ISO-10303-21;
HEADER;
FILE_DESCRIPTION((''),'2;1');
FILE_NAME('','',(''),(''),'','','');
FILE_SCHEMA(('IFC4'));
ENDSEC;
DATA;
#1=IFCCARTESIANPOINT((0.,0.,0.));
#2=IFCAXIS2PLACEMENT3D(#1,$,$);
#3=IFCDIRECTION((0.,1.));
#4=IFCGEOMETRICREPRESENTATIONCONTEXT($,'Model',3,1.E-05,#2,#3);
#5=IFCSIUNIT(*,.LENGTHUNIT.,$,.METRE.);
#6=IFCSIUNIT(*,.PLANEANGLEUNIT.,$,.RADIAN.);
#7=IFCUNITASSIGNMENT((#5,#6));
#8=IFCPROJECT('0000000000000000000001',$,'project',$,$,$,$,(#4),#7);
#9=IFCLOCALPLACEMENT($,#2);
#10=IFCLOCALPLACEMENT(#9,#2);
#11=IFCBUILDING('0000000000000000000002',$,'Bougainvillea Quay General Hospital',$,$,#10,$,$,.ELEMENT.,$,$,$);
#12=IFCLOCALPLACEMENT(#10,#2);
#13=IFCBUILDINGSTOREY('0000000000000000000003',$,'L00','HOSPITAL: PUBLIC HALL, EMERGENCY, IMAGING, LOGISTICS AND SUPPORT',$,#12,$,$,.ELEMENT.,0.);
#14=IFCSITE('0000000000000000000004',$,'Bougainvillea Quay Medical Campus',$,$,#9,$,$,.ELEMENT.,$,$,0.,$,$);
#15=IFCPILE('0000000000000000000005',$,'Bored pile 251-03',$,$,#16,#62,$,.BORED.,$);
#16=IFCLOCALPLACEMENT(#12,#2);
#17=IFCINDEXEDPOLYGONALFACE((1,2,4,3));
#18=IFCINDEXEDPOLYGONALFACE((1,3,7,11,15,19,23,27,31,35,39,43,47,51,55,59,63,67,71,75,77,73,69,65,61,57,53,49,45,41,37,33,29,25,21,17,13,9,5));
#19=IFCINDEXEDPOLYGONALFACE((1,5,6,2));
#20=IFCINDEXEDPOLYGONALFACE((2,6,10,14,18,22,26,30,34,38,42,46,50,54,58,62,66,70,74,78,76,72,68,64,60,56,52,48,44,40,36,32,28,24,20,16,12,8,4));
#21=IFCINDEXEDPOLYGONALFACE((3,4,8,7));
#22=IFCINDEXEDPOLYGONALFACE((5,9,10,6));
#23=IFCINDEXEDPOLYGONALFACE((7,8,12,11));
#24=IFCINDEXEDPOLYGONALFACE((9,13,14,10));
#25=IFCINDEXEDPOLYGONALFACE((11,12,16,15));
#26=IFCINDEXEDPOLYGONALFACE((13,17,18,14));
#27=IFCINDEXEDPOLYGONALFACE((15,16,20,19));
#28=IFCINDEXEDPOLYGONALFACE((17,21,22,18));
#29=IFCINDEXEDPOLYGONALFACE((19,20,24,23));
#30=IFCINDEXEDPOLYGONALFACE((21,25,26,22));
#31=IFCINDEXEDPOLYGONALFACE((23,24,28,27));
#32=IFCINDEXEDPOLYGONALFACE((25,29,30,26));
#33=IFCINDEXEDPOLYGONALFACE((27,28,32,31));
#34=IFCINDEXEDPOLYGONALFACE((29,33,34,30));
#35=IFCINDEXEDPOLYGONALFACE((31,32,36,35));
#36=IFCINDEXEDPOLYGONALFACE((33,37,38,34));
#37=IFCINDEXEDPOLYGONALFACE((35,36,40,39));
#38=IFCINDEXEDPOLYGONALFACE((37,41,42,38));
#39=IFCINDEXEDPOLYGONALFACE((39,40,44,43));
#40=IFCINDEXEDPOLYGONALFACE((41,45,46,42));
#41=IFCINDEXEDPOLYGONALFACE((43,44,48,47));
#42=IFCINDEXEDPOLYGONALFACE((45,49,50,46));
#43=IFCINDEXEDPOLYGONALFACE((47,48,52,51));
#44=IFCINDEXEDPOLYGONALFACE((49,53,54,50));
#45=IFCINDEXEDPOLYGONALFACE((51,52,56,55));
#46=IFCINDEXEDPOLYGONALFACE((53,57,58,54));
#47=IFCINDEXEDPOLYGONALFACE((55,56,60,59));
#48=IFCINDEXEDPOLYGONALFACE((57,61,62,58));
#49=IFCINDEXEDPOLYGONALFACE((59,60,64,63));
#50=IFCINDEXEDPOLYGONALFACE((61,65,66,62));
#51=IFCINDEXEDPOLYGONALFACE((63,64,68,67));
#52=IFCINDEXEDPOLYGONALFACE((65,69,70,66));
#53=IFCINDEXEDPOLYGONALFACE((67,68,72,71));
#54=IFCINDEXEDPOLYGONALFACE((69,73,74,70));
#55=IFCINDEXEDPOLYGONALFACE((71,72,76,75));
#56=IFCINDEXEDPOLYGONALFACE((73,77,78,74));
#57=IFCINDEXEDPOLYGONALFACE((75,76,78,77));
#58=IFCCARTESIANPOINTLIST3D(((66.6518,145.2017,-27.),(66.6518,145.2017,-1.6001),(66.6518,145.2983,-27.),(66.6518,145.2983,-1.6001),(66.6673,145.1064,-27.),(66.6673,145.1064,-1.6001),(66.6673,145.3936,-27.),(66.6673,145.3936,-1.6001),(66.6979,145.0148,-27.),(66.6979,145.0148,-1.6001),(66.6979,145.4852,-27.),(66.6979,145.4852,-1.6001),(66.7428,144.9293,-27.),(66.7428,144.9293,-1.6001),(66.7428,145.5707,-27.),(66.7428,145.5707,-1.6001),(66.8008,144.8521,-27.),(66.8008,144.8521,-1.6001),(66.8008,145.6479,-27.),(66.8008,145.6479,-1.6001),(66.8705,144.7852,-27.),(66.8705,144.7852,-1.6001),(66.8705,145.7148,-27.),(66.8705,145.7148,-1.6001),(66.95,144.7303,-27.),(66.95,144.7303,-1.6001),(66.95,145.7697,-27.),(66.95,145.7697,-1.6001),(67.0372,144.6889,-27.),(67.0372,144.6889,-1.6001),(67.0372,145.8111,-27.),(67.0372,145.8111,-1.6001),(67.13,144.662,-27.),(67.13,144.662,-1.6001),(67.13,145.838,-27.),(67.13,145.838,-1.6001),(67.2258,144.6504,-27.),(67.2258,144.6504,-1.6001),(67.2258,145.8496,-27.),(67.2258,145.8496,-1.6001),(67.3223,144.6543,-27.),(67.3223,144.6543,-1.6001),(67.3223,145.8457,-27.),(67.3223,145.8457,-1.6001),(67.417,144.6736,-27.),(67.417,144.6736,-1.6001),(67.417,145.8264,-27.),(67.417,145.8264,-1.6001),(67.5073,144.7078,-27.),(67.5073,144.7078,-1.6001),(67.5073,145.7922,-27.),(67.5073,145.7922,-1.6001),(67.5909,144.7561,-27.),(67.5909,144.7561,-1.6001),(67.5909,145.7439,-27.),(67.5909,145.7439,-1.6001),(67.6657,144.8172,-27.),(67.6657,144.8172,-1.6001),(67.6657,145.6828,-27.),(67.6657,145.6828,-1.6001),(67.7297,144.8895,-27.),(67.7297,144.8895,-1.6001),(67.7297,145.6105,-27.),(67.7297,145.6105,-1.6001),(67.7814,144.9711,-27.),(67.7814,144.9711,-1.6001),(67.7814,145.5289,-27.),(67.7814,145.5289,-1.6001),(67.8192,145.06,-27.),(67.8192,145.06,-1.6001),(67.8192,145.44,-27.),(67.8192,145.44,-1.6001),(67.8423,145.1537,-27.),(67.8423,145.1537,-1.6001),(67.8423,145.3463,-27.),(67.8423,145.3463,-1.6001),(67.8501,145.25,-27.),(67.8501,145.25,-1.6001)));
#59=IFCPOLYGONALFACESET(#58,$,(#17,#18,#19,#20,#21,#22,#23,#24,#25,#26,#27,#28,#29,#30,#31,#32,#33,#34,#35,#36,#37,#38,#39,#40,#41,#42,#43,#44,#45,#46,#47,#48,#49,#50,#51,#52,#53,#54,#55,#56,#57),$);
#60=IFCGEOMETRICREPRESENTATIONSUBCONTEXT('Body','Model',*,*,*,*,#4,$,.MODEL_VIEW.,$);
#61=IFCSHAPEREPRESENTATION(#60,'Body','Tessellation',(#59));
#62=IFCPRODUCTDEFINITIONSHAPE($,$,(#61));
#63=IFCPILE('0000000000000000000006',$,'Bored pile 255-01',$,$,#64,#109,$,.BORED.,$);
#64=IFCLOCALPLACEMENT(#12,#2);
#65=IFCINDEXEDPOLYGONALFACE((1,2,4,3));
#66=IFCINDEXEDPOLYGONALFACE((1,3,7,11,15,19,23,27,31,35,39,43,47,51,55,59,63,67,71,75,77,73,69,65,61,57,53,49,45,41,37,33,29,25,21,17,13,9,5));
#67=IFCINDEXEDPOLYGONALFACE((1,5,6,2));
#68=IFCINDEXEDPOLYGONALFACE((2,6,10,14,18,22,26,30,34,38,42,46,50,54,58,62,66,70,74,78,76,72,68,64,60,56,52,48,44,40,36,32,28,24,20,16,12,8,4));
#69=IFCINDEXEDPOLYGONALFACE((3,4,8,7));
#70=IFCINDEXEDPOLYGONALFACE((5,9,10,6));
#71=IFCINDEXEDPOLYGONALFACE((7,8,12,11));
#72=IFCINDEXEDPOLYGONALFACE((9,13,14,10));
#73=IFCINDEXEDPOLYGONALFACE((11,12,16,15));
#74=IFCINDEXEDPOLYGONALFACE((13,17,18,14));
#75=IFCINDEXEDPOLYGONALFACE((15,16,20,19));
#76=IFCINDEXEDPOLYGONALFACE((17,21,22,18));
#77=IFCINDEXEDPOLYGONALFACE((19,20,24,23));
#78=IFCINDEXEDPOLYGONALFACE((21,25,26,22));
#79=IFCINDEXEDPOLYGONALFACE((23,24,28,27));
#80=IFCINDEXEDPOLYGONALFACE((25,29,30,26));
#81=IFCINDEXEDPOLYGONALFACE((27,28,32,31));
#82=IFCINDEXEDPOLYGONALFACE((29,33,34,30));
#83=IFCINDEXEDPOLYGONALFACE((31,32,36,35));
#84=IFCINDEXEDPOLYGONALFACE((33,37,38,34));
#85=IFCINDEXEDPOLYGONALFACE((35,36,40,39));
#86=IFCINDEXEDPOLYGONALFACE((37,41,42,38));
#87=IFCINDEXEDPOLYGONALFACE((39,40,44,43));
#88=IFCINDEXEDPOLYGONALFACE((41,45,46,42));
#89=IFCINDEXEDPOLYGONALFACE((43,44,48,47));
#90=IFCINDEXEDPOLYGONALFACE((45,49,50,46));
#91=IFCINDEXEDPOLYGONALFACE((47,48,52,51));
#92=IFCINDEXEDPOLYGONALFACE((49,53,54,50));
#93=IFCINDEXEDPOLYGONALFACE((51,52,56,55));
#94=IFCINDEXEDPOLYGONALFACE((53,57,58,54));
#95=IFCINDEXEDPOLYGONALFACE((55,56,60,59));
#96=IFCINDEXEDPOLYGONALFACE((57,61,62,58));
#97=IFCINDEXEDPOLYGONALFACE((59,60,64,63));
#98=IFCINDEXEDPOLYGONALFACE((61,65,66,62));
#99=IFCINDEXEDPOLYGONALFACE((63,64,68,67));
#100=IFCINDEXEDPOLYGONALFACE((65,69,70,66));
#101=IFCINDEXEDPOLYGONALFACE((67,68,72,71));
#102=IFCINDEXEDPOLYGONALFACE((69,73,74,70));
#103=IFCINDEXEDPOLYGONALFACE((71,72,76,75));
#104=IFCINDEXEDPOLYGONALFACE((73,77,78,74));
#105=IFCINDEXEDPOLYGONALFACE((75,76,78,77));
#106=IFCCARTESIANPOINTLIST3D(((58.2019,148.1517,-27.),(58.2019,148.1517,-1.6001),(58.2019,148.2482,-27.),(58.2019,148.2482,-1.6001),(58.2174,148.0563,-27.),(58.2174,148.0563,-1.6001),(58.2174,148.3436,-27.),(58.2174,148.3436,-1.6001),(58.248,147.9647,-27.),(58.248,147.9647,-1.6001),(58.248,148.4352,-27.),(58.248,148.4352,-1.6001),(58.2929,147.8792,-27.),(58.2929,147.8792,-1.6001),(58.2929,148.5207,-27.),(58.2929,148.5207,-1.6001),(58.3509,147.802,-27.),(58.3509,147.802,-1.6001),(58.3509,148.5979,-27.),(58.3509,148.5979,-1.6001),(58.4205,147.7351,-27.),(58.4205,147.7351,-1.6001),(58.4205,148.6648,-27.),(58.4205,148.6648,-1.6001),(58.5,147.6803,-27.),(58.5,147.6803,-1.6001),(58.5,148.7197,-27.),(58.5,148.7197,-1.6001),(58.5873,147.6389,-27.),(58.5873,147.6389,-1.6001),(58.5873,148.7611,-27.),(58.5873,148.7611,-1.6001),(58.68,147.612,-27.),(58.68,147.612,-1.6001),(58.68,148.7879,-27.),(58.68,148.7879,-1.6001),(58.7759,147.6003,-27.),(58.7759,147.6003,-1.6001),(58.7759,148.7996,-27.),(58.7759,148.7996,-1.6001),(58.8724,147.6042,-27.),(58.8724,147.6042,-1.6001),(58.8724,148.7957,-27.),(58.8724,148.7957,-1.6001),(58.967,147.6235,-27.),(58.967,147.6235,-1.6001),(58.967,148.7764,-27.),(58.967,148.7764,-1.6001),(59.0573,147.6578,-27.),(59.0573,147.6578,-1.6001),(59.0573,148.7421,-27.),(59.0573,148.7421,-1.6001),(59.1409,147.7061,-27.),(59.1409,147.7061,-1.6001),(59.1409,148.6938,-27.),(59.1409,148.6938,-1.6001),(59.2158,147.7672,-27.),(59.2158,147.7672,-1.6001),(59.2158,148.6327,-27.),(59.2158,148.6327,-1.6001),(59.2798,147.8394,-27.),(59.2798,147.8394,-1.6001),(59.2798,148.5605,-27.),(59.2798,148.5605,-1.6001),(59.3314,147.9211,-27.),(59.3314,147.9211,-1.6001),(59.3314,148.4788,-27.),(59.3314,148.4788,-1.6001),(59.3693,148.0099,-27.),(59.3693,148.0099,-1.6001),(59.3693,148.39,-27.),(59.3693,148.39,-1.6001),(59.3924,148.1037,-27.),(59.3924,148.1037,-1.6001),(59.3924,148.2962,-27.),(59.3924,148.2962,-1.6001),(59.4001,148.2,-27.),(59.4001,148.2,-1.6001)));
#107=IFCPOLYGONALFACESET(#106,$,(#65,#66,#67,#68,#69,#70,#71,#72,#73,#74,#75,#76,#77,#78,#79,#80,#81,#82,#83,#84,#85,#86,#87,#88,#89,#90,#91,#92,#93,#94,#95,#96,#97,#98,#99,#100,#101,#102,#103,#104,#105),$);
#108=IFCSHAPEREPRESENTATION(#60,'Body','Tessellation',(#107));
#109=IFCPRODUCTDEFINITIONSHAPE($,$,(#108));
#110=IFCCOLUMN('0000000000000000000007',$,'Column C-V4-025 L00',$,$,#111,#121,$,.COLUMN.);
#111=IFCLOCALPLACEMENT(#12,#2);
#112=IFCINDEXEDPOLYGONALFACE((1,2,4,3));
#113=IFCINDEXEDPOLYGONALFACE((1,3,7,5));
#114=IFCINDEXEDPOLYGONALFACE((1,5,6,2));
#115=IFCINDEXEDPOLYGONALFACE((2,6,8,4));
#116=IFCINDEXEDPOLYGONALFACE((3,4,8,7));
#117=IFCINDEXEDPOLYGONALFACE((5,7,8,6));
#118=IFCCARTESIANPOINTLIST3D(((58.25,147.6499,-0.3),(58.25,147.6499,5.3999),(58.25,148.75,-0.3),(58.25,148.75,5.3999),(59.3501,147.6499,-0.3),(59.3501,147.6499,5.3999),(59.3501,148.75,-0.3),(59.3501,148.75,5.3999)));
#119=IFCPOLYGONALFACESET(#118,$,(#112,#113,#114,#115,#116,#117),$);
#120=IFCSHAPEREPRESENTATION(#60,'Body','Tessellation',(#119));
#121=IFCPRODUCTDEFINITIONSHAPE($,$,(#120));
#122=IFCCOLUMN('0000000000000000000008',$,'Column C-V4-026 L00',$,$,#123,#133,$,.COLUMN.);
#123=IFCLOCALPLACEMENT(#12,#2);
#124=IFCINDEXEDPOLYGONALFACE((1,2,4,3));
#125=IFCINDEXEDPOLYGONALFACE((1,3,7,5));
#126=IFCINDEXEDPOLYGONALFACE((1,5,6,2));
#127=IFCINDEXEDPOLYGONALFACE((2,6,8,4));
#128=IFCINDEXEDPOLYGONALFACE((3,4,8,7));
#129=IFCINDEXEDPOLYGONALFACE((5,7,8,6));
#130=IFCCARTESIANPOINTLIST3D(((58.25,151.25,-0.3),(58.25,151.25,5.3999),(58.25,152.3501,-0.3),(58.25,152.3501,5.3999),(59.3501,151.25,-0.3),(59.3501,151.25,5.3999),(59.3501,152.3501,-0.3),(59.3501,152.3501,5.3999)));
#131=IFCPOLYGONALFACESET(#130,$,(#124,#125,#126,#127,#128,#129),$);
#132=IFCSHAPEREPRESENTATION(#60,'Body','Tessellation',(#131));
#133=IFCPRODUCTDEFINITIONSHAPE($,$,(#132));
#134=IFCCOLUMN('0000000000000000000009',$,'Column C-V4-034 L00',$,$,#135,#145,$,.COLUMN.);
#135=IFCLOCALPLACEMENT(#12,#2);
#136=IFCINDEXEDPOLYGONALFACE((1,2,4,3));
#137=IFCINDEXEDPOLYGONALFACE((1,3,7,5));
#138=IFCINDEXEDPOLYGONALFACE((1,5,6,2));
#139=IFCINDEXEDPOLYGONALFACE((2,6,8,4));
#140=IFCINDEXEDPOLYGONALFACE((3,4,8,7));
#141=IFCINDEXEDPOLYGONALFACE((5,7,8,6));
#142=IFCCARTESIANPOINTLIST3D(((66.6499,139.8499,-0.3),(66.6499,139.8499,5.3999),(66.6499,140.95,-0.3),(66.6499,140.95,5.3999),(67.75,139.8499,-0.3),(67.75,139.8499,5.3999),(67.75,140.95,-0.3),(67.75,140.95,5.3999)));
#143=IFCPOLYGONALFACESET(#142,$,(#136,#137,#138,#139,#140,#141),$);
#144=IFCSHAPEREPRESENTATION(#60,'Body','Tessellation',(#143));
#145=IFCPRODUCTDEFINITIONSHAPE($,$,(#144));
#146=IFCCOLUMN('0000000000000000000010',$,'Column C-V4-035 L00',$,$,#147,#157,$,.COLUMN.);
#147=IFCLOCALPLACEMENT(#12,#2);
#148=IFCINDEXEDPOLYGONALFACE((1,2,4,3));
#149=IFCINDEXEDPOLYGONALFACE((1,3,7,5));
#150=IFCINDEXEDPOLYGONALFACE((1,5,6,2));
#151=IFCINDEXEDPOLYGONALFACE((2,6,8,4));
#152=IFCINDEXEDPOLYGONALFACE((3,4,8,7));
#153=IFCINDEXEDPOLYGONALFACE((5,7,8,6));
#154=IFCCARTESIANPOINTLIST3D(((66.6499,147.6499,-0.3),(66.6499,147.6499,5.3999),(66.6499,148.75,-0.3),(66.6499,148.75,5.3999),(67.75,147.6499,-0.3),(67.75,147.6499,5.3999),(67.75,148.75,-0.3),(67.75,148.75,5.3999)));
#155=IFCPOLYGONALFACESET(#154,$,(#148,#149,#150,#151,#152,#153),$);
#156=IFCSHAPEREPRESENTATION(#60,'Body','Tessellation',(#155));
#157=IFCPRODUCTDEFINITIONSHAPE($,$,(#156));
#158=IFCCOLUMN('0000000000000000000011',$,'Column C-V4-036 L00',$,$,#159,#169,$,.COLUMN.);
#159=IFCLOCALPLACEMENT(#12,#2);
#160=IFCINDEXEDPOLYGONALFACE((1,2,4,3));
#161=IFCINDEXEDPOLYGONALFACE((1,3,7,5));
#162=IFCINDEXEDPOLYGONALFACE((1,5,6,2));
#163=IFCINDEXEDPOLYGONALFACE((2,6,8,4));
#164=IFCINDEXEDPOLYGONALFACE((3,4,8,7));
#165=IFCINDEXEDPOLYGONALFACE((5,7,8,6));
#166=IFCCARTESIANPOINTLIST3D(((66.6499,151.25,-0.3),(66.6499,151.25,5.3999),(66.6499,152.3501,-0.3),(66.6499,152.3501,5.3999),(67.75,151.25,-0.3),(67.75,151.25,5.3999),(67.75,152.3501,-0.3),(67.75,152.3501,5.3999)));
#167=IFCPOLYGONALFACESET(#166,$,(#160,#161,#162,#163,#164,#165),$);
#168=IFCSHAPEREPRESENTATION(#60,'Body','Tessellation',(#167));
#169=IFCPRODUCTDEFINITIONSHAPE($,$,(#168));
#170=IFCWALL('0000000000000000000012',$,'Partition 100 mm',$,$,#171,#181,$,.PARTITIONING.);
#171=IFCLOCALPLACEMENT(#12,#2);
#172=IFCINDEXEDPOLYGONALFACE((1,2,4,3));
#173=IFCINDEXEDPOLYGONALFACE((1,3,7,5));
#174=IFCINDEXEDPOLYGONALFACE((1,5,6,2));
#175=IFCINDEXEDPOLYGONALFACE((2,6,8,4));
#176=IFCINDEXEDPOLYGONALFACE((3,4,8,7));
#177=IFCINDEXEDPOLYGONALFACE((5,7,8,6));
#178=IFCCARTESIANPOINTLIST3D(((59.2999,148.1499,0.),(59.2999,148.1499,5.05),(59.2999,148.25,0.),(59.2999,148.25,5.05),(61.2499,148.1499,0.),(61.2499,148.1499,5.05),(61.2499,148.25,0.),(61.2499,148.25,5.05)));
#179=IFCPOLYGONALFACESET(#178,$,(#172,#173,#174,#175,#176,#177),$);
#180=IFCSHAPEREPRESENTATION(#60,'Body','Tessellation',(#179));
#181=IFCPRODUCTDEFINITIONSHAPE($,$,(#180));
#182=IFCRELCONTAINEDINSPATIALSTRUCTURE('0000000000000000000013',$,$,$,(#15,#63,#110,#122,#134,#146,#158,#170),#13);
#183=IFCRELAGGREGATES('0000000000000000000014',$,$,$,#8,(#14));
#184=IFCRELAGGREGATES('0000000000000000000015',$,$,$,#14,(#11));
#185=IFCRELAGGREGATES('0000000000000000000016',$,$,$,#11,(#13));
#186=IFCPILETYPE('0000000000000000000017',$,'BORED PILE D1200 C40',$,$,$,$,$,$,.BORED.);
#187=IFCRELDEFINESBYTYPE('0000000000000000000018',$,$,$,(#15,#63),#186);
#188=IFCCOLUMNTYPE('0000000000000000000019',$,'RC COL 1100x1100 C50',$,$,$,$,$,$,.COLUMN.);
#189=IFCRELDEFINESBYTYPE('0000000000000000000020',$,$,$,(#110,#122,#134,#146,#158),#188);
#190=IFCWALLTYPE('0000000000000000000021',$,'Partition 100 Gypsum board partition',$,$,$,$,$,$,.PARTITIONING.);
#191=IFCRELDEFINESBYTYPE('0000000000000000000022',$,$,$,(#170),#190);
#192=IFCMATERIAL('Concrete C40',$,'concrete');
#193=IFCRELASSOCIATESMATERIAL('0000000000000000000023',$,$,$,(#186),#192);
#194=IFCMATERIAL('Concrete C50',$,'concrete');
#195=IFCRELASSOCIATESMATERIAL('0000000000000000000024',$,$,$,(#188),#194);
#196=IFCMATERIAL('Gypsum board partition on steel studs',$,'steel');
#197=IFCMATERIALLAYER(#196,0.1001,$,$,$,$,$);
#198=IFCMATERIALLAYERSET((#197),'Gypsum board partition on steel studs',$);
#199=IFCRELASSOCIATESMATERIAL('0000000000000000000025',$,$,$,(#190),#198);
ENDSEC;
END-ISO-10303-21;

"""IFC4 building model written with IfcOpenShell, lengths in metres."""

from ifc_helpers import new_model, si_unit, direction, frame, frame_2d, origin, origin_2d, place, context, subcontext, project, spatial, rectangle, circle, extrude, material, layer, layer_set, material_profile, profile_set, type_object, element, save


model = new_model("IFC4")

# Units and contexts
model_context = context("Model", 3, precision=1e-05, world=origin(), true_north=direction((0.0, 1.0)))
body_context = subcontext(model_context, "Body", "Model", "MODEL_VIEW")
ifc_project = project(units=[si_unit("LENGTHUNIT", "METRE"), si_unit("PLANEANGLEUNIT", "RADIAN")], contexts=[model_context])

# Site, building, storey
site_placement = place(None, origin())
site = spatial("IfcSite", under=ifc_project, at=site_placement, Name="Bougainvillea Quay Medical Campus", CompositionType="ELEMENT", RefElevation=0.0)
building_placement = place(site_placement, origin())
building = spatial("IfcBuilding", under=site, at=building_placement, Name="Bougainvillea Quay General Hospital", CompositionType="ELEMENT")
storey_placement = place(building_placement, origin())
storey = spatial("IfcBuildingStorey", under=building, at=storey_placement, Name="L00", Description="HOSPITAL: PUBLIC HALL, EMERGENCY, IMAGING, LOGISTICS AND SUPPORT", CompositionType="ELEMENT", Elevation=0.0)

# Piles
ifc_material_1 = material(Name="Concrete C40", Category="concrete")
ifc_material_profile_1 = material_profile(ifc_material_1, circle(Radius=0.6001, at=origin_2d()))
ifc_profile_set_1 = profile_set([ifc_material_profile_1], Name="Concrete C40")
pile_type = type_object("IfcPileType", Name="BORED PILE D1200 C40", PredefinedType="BORED", material=ifc_profile_set_1)
for number, where, z_axis, x_axis, name in (
    (1, (67.25, 145.25, -1.6001), (0.0, 0.0, -1.0), (1.0, 0.0, 0.0), "Bored pile 251-03"),
    (2, (58.8, 148.2, -1.6001), (0.0, 0.0, -1.0), (1.0, 0.0, 0.0), "Bored pile 255-01"),
):
    element("IfcPile", number, at=place(storey_placement, frame(where, z_axis=z_axis, x_axis=x_axis)), inside=storey, type_object=pile_type, Name=name, PredefinedType="BORED", context=body_context, shape_type="SweptSolid", body=[
        extrude(circle(Radius=0.6001, at=origin_2d()), origin(), (0.0, 0.0, 1.0), 25.3999),
    ])

# Columns
ifc_material_2 = material(Name="Concrete C50", Category="concrete")
ifc_material_profile_2 = material_profile(ifc_material_2, rectangle(XDim=1.1001, YDim=1.1001, at=origin_2d()))
ifc_profile_set_2 = profile_set([ifc_material_profile_2], Name="Concrete C50")
column_type = type_object("IfcColumnType", Name="RC COL 1100x1100 C50", PredefinedType="COLUMN", material=ifc_profile_set_2)
for number, where, z_axis, x_axis, name in (
    (3, (58.8, 148.2, -0.3), (0.0, 0.0, 1.0), (1.0, 0.0, 0.0), "Column C-V4-025 L00"),
    (4, (58.8, 151.8, -0.3), (0.0, 0.0, 1.0), (1.0, 0.0, 0.0), "Column C-V4-026 L00"),
    (5, (67.2, 140.3999, -0.3), (0.0, 0.0, 1.0), (1.0, 0.0, 0.0), "Column C-V4-034 L00"),
    (6, (67.2, 148.2, -0.3), (0.0, 0.0, 1.0), (1.0, 0.0, 0.0), "Column C-V4-035 L00"),
    (7, (67.2, 151.8, -0.3), (0.0, 0.0, 1.0), (1.0, 0.0, 0.0), "Column C-V4-036 L00"),
):
    element("IfcColumn", number, at=place(storey_placement, frame(where, z_axis=z_axis, x_axis=x_axis)), inside=storey, type_object=column_type, Name=name, PredefinedType="COLUMN", context=body_context, shape_type="SweptSolid", body=[
        extrude(rectangle(XDim=1.1001, YDim=1.1001, at=origin_2d()), origin(), (0.0, 0.0, 1.0), 5.7),
    ])

# Wall
ifc_material_3 = material(Name="Gypsum board partition on steel studs", Category="steel")
ifc_layer_1 = layer(ifc_material_3, 0.1001)
ifc_layer_set_1 = layer_set([ifc_layer_1], Name="Gypsum board partition on steel studs")
wall_type_1 = type_object("IfcWallType", Name="Partition 100 Gypsum board partition", PredefinedType="PARTITIONING", material=ifc_layer_set_1)
wall_1_placement = place(storey_placement, frame((61.25, 148.2, 0.0), z_axis=(0.0, 0.0, 1.0), x_axis=(-1.0, 0.0, 0.0)))
element("IfcWall", 8, at=wall_1_placement, inside=storey, type_object=wall_type_1, Name="Partition 100 mm", PredefinedType="PARTITIONING", context=body_context, shape_type="SweptSolid", body=[
    extrude(rectangle(XDim=1.95, YDim=0.1001, at=frame_2d((0.9751, 0.0))), origin(), (0.0, 0.0, 1.0), 5.05),
])

save(model, "model.ifc")
